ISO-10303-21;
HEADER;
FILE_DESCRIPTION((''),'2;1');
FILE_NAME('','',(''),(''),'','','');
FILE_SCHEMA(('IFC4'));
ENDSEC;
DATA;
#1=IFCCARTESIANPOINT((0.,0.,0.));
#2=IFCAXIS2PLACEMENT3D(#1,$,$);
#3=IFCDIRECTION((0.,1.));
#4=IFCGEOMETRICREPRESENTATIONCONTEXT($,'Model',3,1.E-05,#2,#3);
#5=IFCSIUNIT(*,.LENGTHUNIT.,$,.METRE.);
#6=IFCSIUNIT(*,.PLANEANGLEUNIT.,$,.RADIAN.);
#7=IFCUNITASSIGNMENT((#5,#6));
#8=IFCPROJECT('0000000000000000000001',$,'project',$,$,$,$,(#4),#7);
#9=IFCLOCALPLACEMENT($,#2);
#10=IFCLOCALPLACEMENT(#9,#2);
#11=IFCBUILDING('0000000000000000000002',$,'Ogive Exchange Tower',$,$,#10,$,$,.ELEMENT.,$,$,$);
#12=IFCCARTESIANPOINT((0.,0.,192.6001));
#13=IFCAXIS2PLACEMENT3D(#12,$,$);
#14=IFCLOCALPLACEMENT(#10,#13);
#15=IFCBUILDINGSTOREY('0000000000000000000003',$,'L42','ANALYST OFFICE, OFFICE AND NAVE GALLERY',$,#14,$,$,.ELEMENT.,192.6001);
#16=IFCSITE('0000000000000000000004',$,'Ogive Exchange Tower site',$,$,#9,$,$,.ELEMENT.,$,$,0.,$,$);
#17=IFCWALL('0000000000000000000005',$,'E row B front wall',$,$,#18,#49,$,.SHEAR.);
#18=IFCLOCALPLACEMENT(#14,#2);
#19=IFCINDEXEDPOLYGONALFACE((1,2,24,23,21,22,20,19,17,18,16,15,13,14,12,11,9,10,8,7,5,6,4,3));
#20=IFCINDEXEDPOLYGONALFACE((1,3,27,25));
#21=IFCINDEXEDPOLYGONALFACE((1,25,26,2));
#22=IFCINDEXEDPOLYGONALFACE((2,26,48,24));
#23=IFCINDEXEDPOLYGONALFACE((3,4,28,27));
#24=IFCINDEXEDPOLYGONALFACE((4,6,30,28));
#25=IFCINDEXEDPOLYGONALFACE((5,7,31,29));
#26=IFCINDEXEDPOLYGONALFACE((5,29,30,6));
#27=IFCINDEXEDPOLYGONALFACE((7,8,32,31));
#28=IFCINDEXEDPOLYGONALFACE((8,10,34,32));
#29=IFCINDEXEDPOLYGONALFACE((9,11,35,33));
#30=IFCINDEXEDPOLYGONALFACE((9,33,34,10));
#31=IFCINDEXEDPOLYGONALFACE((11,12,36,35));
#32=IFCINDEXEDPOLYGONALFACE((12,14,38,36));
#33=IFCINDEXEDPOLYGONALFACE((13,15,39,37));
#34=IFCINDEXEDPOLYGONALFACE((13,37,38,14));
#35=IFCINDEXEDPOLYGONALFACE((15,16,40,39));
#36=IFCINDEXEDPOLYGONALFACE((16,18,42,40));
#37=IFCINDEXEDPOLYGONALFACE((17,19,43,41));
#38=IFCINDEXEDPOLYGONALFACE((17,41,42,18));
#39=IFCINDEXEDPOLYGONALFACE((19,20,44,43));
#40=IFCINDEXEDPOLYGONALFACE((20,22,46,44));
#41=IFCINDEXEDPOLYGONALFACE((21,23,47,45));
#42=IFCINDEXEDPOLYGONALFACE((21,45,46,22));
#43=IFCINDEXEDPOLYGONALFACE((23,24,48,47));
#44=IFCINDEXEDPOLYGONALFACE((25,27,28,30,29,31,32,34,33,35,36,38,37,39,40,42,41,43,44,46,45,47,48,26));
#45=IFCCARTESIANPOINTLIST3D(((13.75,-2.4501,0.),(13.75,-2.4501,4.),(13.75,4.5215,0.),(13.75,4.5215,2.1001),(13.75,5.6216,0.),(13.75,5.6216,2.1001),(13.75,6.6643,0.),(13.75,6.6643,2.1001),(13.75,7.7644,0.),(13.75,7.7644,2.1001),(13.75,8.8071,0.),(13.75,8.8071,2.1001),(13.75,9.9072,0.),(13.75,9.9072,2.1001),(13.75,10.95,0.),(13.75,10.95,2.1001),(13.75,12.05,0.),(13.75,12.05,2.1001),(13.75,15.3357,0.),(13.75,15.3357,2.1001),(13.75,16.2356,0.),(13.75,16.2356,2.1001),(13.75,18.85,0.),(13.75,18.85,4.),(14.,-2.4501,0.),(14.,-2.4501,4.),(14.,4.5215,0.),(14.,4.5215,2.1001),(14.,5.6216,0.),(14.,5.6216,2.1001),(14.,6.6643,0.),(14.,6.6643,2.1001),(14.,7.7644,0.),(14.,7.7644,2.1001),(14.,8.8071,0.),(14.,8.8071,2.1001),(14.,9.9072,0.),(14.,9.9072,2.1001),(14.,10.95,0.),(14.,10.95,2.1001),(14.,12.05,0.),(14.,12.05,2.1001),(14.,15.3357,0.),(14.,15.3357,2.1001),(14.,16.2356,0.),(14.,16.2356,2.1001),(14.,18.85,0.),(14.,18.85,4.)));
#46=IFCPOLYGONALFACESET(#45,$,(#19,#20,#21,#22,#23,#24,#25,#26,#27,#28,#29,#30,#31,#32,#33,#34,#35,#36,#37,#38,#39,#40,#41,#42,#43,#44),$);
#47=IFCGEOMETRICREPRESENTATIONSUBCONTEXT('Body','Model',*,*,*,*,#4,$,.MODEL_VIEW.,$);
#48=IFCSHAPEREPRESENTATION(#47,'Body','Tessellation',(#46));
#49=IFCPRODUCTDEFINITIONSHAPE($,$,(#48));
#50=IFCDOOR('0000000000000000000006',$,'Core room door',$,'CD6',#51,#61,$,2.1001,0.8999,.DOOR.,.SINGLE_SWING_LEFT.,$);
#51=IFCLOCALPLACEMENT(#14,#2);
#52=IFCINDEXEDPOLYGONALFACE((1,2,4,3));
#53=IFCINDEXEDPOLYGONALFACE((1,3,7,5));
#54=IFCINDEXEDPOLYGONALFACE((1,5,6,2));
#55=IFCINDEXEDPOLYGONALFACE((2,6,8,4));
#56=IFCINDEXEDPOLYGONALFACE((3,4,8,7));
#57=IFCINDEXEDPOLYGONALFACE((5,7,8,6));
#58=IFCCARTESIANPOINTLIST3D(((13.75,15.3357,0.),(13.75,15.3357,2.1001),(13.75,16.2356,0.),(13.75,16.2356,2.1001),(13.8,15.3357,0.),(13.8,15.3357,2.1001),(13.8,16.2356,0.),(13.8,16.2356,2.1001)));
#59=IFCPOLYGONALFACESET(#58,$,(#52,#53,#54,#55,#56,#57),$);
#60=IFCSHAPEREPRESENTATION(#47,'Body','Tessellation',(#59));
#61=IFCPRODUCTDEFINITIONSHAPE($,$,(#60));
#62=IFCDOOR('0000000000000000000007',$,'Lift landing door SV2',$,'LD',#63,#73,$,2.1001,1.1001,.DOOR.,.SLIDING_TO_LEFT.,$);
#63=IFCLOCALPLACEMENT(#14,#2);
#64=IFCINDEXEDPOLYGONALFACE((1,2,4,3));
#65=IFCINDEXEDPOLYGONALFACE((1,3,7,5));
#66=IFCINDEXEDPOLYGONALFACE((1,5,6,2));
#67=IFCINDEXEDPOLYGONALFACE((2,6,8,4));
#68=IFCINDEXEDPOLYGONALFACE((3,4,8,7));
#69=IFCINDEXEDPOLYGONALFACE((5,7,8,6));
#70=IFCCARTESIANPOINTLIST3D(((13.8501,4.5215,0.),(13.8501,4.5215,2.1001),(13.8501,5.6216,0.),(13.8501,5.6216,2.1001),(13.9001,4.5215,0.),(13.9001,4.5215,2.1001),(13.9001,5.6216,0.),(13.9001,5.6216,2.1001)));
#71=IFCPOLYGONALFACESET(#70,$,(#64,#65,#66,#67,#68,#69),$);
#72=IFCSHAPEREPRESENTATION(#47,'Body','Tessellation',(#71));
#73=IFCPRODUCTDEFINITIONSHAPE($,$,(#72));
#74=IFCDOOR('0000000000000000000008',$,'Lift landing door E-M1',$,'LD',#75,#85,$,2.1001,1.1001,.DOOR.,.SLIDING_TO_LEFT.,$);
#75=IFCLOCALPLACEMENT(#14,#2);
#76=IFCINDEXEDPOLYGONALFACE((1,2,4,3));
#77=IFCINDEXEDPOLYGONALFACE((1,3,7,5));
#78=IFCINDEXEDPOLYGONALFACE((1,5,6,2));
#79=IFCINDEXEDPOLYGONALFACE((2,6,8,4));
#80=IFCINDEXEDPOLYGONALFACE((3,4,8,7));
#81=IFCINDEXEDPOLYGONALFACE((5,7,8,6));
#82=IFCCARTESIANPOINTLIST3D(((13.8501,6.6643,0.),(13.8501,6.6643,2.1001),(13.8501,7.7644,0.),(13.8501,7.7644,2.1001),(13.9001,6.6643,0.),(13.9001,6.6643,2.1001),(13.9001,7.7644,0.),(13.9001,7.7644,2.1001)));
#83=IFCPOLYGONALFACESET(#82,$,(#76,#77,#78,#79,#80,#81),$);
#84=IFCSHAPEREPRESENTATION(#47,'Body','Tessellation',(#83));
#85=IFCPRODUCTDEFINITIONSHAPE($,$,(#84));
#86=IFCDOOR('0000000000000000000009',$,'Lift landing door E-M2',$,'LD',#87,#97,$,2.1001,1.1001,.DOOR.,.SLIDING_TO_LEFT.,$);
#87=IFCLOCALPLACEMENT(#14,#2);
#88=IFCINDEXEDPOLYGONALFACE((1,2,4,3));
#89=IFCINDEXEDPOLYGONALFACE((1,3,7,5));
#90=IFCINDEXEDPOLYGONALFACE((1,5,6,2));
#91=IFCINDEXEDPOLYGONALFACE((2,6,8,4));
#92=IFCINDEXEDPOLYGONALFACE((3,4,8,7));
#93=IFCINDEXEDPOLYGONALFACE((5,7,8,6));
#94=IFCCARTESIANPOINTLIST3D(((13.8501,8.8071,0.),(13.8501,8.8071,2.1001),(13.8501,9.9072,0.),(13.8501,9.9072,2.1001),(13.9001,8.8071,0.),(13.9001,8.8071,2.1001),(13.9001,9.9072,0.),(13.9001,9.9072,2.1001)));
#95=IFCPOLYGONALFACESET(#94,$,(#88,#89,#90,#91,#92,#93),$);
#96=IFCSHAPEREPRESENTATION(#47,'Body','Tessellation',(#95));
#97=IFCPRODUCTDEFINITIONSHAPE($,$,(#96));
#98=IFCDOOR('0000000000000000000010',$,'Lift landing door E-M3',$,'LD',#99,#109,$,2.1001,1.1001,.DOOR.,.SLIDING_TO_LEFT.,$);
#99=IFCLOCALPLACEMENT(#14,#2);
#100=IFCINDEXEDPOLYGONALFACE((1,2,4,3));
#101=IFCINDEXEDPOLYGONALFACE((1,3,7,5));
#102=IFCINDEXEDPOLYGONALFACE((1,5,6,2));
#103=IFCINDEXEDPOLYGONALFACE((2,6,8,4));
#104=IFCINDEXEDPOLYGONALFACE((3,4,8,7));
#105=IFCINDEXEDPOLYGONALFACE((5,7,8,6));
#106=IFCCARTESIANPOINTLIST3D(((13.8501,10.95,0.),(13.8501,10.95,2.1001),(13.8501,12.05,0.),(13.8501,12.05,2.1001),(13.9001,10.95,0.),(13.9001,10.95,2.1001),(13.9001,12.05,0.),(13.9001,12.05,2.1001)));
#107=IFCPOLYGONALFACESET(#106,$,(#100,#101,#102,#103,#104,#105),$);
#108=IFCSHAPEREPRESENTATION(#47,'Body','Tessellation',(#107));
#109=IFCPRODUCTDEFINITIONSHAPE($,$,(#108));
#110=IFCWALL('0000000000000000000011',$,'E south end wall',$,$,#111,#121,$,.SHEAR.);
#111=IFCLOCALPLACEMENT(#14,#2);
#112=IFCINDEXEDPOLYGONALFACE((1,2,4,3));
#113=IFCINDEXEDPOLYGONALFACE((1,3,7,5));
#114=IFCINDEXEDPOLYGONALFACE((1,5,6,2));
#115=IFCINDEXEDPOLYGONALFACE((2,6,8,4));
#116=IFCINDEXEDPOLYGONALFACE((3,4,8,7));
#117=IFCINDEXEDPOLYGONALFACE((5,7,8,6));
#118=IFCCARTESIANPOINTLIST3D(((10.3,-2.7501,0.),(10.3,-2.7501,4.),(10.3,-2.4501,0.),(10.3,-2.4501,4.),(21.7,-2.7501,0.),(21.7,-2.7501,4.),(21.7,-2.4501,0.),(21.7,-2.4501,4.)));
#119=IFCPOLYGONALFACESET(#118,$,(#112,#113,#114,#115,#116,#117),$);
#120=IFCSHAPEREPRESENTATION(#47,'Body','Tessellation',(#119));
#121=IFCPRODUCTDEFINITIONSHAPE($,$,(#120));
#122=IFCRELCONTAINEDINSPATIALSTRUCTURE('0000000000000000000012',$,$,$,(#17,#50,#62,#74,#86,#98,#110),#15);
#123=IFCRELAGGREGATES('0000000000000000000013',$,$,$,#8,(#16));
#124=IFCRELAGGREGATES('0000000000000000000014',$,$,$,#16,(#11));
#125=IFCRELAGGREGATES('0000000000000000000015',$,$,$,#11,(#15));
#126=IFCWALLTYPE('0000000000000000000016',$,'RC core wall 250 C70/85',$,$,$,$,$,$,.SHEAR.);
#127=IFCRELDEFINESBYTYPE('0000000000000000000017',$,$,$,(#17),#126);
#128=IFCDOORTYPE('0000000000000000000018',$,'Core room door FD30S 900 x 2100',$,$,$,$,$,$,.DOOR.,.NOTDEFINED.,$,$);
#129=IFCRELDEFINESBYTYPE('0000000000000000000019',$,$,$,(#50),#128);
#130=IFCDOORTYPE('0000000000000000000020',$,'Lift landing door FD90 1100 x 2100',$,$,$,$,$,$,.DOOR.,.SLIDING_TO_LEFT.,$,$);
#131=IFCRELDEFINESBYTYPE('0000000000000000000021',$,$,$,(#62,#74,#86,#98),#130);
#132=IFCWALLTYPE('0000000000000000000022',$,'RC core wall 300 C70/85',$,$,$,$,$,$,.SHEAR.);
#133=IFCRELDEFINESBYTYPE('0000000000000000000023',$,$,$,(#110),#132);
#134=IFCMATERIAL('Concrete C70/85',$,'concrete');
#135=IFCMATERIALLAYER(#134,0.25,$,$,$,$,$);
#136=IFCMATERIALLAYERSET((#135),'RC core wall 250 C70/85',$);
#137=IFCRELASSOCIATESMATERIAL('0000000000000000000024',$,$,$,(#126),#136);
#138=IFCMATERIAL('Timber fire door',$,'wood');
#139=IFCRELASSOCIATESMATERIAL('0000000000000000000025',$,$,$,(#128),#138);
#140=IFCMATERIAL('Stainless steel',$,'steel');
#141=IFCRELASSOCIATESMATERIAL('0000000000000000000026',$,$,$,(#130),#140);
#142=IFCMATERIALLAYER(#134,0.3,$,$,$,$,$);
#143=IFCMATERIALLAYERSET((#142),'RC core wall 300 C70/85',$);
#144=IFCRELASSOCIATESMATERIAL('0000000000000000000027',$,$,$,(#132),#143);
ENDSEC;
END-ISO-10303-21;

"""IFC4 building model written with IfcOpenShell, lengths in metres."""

from ifc_helpers import new_model, si_unit, direction, frame, frame_2d, origin, place, context, subcontext, project, spatial, rectangle, extrude, material, layer, layer_set, type_object, element, fill, save


model = new_model("IFC4")

# Units and contexts
model_context = context("Model", 3, precision=1e-05, world=origin(), true_north=direction((0.0, 1.0)))
body_context = subcontext(model_context, "Body", "Model", "MODEL_VIEW")
ifc_project = project(units=[si_unit("LENGTHUNIT", "METRE"), si_unit("PLANEANGLEUNIT", "RADIAN")], contexts=[model_context])

# Site, building, storey
site_placement = place(None, origin())
site = spatial("IfcSite", under=ifc_project, at=site_placement, Name="Ogive Exchange Tower site", CompositionType="ELEMENT", RefElevation=0.0)
building_placement = place(site_placement, origin())
building = spatial("IfcBuilding", under=site, at=building_placement, Name="Ogive Exchange Tower", CompositionType="ELEMENT")
storey_placement = place(building_placement, frame((0.0, 0.0, 192.6001)))
storey = spatial("IfcBuildingStorey", under=building, at=storey_placement, Name="L42", Description="ANALYST OFFICE, OFFICE AND NAVE GALLERY", CompositionType="ELEMENT", Elevation=192.6001)

# Shared definitions
ifc_material_1 = material(Name="Concrete C70/85", Category="concrete")
ifc_layer_1 = layer(ifc_material_1, 0.25)
ifc_layer_set_1 = layer_set([ifc_layer_1], Name="RC core wall 250 C70/85")
wall_type_1 = type_object("IfcWallType", Name="RC core wall 250 C70/85", PredefinedType="SHEAR", material=ifc_layer_set_1)

# Wall, openings, doors
wall_1_placement = place(storey_placement, frame((13.875, -2.45, 0.0), z_axis=(0.0, 0.0, 1.0), x_axis=(0.0, 1.0, 0.0)))
wall_1 = element("IfcWall", 1, at=wall_1_placement, inside=storey, type_object=wall_type_1, Name="E row B front wall", PredefinedType="SHEAR", context=body_context, shape_type="SweptSolid", body=[
    extrude(rectangle(XDim=21.3, YDim=0.25, at=frame_2d((10.6499, 0.0))), origin(), (0.0, 0.0, 1.0), 4.0),
])
opening_1_placement = place(wall_1_placement, frame((17.7856, 0.0, 0.0)))
opening_1 = element("IfcOpeningElement", 2, at=opening_1_placement, cuts=wall_1, PredefinedType="OPENING", context=body_context, shape_type="SweptSolid", body=[
    extrude(rectangle(XDim=0.8999, YDim=2.1001, at=frame_2d((0.45, 1.05))), frame((0.0, 0.135, 0.0), z_axis=(0.0, -1.0, 0.0), x_axis=(1.0, 0.0, 0.0)), (0.0, 0.0, 1.0), 0.27),
])
opening_2_placement = place(wall_1_placement, frame((6.9714, 0.0, 0.0)))
opening_2 = element("IfcOpeningElement", 3, at=opening_2_placement, cuts=wall_1, PredefinedType="OPENING", context=body_context, shape_type="SweptSolid", body=[
    extrude(rectangle(XDim=1.1001, YDim=2.1001, at=frame_2d((0.55, 1.05))), frame((0.0, 0.135, 0.0), z_axis=(0.0, -1.0, 0.0), x_axis=(1.0, 0.0, 0.0)), (0.0, 0.0, 1.0), 0.27),
])
opening_3_placement = place(wall_1_placement, frame((9.1143, 0.0, 0.0)))
opening_3 = element("IfcOpeningElement", 4, at=opening_3_placement, cuts=wall_1, PredefinedType="OPENING", context=body_context, shape_type="SweptSolid", body=[
    extrude(rectangle(XDim=1.1001, YDim=2.1001, at=frame_2d((0.55, 1.05))), frame((0.0, 0.135, 0.0), z_axis=(0.0, -1.0, 0.0), x_axis=(1.0, 0.0, 0.0)), (0.0, 0.0, 1.0), 0.27),
])
opening_4_placement = place(wall_1_placement, frame((11.2571, 0.0, 0.0)))
opening_4 = element("IfcOpeningElement", 5, at=opening_4_placement, cuts=wall_1, PredefinedType="OPENING", context=body_context, shape_type="SweptSolid", body=[
    extrude(rectangle(XDim=1.1001, YDim=2.1001, at=frame_2d((0.55, 1.05))), frame((0.0, 0.135, 0.0), z_axis=(0.0, -1.0, 0.0), x_axis=(1.0, 0.0, 0.0)), (0.0, 0.0, 1.0), 0.27),
])
opening_5_placement = place(wall_1_placement, frame((13.3999, 0.0, 0.0)))
opening_5 = element("IfcOpeningElement", 6, at=opening_5_placement, cuts=wall_1, PredefinedType="OPENING", context=body_context, shape_type="SweptSolid", body=[
    extrude(rectangle(XDim=1.1001, YDim=2.1001, at=frame_2d((0.55, 1.05))), frame((0.0, 0.135, 0.0), z_axis=(0.0, -1.0, 0.0), x_axis=(1.0, 0.0, 0.0)), (0.0, 0.0, 1.0), 0.27),
])
ifc_material_2 = material(Name="Timber fire door", Category="wood")
door_type_1 = type_object("IfcDoorType", Name="Core room door FD30S 900 x 2100", OperationType="NOTDEFINED", PredefinedType="DOOR", material=ifc_material_2)
door_1_placement = place(opening_1_placement, origin())
door_1 = element("IfcDoor", 7, at=door_1_placement, inside=storey, type_object=door_type_1, Name="Core room door", ObjectType="CD6", OperationType="SINGLE_SWING_LEFT", OverallHeight=2.1001, OverallWidth=0.8999, PredefinedType="DOOR", context=body_context, shape_type="SweptSolid", body=[
    extrude(rectangle(XDim=0.8999, YDim=2.1001, at=frame_2d((0.45, 1.05))), frame((0.0, 0.125, 0.0), z_axis=(0.0, -1.0, 0.0), x_axis=(1.0, 0.0, 0.0)), (0.0, 0.0, 1.0), 0.05),
])
fill(opening_1, door_1)
ifc_material_3 = material(Name="Stainless steel", Category="steel")
door_type_2 = type_object("IfcDoorType", Name="Lift landing door FD90 1100 x 2100", OperationType="SLIDING_TO_LEFT", PredefinedType="DOOR", material=ifc_material_3)
door_2_placement = place(opening_2_placement, origin())
door_2 = element("IfcDoor", 8, at=door_2_placement, inside=storey, type_object=door_type_2, Name="Lift landing door SV2", ObjectType="LD", OperationType="SLIDING_TO_LEFT", OverallHeight=2.1001, OverallWidth=1.1001, PredefinedType="DOOR", context=body_context, shape_type="SweptSolid", body=[
    extrude(rectangle(XDim=1.1001, YDim=2.1001, at=frame_2d((0.55, 1.05))), frame((0.0, 0.0249, 0.0), z_axis=(0.0, -1.0, 0.0), x_axis=(1.0, 0.0, 0.0)), (0.0, 0.0, 1.0), 0.05),
])
fill(opening_2, door_2)
door_3_placement = place(opening_3_placement, origin())
door_3 = element("IfcDoor", 9, at=door_3_placement, inside=storey, type_object=door_type_2, Name="Lift landing door E-M1", ObjectType="LD", OperationType="SLIDING_TO_LEFT", OverallHeight=2.1001, OverallWidth=1.1001, PredefinedType="DOOR", context=body_context, shape_type="SweptSolid", body=[
    extrude(rectangle(XDim=1.1001, YDim=2.1001, at=frame_2d((0.55, 1.05))), frame((0.0, 0.0249, 0.0), z_axis=(0.0, -1.0, 0.0), x_axis=(1.0, 0.0, 0.0)), (0.0, 0.0, 1.0), 0.05),
])
fill(opening_3, door_3)
door_4_placement = place(opening_4_placement, origin())
door_4 = element("IfcDoor", 10, at=door_4_placement, inside=storey, type_object=door_type_2, Name="Lift landing door E-M2", ObjectType="LD", OperationType="SLIDING_TO_LEFT", OverallHeight=2.1001, OverallWidth=1.1001, PredefinedType="DOOR", context=body_context, shape_type="SweptSolid", body=[
    extrude(rectangle(XDim=1.1001, YDim=2.1001, at=frame_2d((0.55, 1.05))), frame((0.0, 0.0249, 0.0), z_axis=(0.0, -1.0, 0.0), x_axis=(1.0, 0.0, 0.0)), (0.0, 0.0, 1.0), 0.05),
])
fill(opening_4, door_4)
door_5_placement = place(opening_5_placement, origin())
door_5 = element("IfcDoor", 11, at=door_5_placement, inside=storey, type_object=door_type_2, Name="Lift landing door E-M3", ObjectType="LD", OperationType="SLIDING_TO_LEFT", OverallHeight=2.1001, OverallWidth=1.1001, PredefinedType="DOOR", context=body_context, shape_type="SweptSolid", body=[
    extrude(rectangle(XDim=1.1001, YDim=2.1001, at=frame_2d((0.55, 1.05))), frame((0.0, 0.0249, 0.0), z_axis=(0.0, -1.0, 0.0), x_axis=(1.0, 0.0, 0.0)), (0.0, 0.0, 1.0), 0.05),
])
fill(opening_5, door_5)

# Wall
ifc_layer_2 = layer(ifc_material_1, 0.3)
ifc_layer_set_2 = layer_set([ifc_layer_2], Name="RC core wall 300 C70/85")
wall_type_2 = type_object("IfcWallType", Name="RC core wall 300 C70/85", PredefinedType="SHEAR", material=ifc_layer_set_2)
wall_2_placement = place(storey_placement, frame((10.3, -2.6001, 0.0), z_axis=(0.0, 0.0, 1.0), x_axis=(1.0, 0.0, 0.0)))
element("IfcWall", 12, at=wall_2_placement, inside=storey, type_object=wall_type_2, Name="E south end wall", PredefinedType="SHEAR", context=body_context, shape_type="SweptSolid", body=[
    extrude(rectangle(XDim=11.3999, YDim=0.3, at=frame_2d((5.7, 0.0))), origin(), (0.0, 0.0, 1.0), 4.0),
])

save(model, "model.ifc")
